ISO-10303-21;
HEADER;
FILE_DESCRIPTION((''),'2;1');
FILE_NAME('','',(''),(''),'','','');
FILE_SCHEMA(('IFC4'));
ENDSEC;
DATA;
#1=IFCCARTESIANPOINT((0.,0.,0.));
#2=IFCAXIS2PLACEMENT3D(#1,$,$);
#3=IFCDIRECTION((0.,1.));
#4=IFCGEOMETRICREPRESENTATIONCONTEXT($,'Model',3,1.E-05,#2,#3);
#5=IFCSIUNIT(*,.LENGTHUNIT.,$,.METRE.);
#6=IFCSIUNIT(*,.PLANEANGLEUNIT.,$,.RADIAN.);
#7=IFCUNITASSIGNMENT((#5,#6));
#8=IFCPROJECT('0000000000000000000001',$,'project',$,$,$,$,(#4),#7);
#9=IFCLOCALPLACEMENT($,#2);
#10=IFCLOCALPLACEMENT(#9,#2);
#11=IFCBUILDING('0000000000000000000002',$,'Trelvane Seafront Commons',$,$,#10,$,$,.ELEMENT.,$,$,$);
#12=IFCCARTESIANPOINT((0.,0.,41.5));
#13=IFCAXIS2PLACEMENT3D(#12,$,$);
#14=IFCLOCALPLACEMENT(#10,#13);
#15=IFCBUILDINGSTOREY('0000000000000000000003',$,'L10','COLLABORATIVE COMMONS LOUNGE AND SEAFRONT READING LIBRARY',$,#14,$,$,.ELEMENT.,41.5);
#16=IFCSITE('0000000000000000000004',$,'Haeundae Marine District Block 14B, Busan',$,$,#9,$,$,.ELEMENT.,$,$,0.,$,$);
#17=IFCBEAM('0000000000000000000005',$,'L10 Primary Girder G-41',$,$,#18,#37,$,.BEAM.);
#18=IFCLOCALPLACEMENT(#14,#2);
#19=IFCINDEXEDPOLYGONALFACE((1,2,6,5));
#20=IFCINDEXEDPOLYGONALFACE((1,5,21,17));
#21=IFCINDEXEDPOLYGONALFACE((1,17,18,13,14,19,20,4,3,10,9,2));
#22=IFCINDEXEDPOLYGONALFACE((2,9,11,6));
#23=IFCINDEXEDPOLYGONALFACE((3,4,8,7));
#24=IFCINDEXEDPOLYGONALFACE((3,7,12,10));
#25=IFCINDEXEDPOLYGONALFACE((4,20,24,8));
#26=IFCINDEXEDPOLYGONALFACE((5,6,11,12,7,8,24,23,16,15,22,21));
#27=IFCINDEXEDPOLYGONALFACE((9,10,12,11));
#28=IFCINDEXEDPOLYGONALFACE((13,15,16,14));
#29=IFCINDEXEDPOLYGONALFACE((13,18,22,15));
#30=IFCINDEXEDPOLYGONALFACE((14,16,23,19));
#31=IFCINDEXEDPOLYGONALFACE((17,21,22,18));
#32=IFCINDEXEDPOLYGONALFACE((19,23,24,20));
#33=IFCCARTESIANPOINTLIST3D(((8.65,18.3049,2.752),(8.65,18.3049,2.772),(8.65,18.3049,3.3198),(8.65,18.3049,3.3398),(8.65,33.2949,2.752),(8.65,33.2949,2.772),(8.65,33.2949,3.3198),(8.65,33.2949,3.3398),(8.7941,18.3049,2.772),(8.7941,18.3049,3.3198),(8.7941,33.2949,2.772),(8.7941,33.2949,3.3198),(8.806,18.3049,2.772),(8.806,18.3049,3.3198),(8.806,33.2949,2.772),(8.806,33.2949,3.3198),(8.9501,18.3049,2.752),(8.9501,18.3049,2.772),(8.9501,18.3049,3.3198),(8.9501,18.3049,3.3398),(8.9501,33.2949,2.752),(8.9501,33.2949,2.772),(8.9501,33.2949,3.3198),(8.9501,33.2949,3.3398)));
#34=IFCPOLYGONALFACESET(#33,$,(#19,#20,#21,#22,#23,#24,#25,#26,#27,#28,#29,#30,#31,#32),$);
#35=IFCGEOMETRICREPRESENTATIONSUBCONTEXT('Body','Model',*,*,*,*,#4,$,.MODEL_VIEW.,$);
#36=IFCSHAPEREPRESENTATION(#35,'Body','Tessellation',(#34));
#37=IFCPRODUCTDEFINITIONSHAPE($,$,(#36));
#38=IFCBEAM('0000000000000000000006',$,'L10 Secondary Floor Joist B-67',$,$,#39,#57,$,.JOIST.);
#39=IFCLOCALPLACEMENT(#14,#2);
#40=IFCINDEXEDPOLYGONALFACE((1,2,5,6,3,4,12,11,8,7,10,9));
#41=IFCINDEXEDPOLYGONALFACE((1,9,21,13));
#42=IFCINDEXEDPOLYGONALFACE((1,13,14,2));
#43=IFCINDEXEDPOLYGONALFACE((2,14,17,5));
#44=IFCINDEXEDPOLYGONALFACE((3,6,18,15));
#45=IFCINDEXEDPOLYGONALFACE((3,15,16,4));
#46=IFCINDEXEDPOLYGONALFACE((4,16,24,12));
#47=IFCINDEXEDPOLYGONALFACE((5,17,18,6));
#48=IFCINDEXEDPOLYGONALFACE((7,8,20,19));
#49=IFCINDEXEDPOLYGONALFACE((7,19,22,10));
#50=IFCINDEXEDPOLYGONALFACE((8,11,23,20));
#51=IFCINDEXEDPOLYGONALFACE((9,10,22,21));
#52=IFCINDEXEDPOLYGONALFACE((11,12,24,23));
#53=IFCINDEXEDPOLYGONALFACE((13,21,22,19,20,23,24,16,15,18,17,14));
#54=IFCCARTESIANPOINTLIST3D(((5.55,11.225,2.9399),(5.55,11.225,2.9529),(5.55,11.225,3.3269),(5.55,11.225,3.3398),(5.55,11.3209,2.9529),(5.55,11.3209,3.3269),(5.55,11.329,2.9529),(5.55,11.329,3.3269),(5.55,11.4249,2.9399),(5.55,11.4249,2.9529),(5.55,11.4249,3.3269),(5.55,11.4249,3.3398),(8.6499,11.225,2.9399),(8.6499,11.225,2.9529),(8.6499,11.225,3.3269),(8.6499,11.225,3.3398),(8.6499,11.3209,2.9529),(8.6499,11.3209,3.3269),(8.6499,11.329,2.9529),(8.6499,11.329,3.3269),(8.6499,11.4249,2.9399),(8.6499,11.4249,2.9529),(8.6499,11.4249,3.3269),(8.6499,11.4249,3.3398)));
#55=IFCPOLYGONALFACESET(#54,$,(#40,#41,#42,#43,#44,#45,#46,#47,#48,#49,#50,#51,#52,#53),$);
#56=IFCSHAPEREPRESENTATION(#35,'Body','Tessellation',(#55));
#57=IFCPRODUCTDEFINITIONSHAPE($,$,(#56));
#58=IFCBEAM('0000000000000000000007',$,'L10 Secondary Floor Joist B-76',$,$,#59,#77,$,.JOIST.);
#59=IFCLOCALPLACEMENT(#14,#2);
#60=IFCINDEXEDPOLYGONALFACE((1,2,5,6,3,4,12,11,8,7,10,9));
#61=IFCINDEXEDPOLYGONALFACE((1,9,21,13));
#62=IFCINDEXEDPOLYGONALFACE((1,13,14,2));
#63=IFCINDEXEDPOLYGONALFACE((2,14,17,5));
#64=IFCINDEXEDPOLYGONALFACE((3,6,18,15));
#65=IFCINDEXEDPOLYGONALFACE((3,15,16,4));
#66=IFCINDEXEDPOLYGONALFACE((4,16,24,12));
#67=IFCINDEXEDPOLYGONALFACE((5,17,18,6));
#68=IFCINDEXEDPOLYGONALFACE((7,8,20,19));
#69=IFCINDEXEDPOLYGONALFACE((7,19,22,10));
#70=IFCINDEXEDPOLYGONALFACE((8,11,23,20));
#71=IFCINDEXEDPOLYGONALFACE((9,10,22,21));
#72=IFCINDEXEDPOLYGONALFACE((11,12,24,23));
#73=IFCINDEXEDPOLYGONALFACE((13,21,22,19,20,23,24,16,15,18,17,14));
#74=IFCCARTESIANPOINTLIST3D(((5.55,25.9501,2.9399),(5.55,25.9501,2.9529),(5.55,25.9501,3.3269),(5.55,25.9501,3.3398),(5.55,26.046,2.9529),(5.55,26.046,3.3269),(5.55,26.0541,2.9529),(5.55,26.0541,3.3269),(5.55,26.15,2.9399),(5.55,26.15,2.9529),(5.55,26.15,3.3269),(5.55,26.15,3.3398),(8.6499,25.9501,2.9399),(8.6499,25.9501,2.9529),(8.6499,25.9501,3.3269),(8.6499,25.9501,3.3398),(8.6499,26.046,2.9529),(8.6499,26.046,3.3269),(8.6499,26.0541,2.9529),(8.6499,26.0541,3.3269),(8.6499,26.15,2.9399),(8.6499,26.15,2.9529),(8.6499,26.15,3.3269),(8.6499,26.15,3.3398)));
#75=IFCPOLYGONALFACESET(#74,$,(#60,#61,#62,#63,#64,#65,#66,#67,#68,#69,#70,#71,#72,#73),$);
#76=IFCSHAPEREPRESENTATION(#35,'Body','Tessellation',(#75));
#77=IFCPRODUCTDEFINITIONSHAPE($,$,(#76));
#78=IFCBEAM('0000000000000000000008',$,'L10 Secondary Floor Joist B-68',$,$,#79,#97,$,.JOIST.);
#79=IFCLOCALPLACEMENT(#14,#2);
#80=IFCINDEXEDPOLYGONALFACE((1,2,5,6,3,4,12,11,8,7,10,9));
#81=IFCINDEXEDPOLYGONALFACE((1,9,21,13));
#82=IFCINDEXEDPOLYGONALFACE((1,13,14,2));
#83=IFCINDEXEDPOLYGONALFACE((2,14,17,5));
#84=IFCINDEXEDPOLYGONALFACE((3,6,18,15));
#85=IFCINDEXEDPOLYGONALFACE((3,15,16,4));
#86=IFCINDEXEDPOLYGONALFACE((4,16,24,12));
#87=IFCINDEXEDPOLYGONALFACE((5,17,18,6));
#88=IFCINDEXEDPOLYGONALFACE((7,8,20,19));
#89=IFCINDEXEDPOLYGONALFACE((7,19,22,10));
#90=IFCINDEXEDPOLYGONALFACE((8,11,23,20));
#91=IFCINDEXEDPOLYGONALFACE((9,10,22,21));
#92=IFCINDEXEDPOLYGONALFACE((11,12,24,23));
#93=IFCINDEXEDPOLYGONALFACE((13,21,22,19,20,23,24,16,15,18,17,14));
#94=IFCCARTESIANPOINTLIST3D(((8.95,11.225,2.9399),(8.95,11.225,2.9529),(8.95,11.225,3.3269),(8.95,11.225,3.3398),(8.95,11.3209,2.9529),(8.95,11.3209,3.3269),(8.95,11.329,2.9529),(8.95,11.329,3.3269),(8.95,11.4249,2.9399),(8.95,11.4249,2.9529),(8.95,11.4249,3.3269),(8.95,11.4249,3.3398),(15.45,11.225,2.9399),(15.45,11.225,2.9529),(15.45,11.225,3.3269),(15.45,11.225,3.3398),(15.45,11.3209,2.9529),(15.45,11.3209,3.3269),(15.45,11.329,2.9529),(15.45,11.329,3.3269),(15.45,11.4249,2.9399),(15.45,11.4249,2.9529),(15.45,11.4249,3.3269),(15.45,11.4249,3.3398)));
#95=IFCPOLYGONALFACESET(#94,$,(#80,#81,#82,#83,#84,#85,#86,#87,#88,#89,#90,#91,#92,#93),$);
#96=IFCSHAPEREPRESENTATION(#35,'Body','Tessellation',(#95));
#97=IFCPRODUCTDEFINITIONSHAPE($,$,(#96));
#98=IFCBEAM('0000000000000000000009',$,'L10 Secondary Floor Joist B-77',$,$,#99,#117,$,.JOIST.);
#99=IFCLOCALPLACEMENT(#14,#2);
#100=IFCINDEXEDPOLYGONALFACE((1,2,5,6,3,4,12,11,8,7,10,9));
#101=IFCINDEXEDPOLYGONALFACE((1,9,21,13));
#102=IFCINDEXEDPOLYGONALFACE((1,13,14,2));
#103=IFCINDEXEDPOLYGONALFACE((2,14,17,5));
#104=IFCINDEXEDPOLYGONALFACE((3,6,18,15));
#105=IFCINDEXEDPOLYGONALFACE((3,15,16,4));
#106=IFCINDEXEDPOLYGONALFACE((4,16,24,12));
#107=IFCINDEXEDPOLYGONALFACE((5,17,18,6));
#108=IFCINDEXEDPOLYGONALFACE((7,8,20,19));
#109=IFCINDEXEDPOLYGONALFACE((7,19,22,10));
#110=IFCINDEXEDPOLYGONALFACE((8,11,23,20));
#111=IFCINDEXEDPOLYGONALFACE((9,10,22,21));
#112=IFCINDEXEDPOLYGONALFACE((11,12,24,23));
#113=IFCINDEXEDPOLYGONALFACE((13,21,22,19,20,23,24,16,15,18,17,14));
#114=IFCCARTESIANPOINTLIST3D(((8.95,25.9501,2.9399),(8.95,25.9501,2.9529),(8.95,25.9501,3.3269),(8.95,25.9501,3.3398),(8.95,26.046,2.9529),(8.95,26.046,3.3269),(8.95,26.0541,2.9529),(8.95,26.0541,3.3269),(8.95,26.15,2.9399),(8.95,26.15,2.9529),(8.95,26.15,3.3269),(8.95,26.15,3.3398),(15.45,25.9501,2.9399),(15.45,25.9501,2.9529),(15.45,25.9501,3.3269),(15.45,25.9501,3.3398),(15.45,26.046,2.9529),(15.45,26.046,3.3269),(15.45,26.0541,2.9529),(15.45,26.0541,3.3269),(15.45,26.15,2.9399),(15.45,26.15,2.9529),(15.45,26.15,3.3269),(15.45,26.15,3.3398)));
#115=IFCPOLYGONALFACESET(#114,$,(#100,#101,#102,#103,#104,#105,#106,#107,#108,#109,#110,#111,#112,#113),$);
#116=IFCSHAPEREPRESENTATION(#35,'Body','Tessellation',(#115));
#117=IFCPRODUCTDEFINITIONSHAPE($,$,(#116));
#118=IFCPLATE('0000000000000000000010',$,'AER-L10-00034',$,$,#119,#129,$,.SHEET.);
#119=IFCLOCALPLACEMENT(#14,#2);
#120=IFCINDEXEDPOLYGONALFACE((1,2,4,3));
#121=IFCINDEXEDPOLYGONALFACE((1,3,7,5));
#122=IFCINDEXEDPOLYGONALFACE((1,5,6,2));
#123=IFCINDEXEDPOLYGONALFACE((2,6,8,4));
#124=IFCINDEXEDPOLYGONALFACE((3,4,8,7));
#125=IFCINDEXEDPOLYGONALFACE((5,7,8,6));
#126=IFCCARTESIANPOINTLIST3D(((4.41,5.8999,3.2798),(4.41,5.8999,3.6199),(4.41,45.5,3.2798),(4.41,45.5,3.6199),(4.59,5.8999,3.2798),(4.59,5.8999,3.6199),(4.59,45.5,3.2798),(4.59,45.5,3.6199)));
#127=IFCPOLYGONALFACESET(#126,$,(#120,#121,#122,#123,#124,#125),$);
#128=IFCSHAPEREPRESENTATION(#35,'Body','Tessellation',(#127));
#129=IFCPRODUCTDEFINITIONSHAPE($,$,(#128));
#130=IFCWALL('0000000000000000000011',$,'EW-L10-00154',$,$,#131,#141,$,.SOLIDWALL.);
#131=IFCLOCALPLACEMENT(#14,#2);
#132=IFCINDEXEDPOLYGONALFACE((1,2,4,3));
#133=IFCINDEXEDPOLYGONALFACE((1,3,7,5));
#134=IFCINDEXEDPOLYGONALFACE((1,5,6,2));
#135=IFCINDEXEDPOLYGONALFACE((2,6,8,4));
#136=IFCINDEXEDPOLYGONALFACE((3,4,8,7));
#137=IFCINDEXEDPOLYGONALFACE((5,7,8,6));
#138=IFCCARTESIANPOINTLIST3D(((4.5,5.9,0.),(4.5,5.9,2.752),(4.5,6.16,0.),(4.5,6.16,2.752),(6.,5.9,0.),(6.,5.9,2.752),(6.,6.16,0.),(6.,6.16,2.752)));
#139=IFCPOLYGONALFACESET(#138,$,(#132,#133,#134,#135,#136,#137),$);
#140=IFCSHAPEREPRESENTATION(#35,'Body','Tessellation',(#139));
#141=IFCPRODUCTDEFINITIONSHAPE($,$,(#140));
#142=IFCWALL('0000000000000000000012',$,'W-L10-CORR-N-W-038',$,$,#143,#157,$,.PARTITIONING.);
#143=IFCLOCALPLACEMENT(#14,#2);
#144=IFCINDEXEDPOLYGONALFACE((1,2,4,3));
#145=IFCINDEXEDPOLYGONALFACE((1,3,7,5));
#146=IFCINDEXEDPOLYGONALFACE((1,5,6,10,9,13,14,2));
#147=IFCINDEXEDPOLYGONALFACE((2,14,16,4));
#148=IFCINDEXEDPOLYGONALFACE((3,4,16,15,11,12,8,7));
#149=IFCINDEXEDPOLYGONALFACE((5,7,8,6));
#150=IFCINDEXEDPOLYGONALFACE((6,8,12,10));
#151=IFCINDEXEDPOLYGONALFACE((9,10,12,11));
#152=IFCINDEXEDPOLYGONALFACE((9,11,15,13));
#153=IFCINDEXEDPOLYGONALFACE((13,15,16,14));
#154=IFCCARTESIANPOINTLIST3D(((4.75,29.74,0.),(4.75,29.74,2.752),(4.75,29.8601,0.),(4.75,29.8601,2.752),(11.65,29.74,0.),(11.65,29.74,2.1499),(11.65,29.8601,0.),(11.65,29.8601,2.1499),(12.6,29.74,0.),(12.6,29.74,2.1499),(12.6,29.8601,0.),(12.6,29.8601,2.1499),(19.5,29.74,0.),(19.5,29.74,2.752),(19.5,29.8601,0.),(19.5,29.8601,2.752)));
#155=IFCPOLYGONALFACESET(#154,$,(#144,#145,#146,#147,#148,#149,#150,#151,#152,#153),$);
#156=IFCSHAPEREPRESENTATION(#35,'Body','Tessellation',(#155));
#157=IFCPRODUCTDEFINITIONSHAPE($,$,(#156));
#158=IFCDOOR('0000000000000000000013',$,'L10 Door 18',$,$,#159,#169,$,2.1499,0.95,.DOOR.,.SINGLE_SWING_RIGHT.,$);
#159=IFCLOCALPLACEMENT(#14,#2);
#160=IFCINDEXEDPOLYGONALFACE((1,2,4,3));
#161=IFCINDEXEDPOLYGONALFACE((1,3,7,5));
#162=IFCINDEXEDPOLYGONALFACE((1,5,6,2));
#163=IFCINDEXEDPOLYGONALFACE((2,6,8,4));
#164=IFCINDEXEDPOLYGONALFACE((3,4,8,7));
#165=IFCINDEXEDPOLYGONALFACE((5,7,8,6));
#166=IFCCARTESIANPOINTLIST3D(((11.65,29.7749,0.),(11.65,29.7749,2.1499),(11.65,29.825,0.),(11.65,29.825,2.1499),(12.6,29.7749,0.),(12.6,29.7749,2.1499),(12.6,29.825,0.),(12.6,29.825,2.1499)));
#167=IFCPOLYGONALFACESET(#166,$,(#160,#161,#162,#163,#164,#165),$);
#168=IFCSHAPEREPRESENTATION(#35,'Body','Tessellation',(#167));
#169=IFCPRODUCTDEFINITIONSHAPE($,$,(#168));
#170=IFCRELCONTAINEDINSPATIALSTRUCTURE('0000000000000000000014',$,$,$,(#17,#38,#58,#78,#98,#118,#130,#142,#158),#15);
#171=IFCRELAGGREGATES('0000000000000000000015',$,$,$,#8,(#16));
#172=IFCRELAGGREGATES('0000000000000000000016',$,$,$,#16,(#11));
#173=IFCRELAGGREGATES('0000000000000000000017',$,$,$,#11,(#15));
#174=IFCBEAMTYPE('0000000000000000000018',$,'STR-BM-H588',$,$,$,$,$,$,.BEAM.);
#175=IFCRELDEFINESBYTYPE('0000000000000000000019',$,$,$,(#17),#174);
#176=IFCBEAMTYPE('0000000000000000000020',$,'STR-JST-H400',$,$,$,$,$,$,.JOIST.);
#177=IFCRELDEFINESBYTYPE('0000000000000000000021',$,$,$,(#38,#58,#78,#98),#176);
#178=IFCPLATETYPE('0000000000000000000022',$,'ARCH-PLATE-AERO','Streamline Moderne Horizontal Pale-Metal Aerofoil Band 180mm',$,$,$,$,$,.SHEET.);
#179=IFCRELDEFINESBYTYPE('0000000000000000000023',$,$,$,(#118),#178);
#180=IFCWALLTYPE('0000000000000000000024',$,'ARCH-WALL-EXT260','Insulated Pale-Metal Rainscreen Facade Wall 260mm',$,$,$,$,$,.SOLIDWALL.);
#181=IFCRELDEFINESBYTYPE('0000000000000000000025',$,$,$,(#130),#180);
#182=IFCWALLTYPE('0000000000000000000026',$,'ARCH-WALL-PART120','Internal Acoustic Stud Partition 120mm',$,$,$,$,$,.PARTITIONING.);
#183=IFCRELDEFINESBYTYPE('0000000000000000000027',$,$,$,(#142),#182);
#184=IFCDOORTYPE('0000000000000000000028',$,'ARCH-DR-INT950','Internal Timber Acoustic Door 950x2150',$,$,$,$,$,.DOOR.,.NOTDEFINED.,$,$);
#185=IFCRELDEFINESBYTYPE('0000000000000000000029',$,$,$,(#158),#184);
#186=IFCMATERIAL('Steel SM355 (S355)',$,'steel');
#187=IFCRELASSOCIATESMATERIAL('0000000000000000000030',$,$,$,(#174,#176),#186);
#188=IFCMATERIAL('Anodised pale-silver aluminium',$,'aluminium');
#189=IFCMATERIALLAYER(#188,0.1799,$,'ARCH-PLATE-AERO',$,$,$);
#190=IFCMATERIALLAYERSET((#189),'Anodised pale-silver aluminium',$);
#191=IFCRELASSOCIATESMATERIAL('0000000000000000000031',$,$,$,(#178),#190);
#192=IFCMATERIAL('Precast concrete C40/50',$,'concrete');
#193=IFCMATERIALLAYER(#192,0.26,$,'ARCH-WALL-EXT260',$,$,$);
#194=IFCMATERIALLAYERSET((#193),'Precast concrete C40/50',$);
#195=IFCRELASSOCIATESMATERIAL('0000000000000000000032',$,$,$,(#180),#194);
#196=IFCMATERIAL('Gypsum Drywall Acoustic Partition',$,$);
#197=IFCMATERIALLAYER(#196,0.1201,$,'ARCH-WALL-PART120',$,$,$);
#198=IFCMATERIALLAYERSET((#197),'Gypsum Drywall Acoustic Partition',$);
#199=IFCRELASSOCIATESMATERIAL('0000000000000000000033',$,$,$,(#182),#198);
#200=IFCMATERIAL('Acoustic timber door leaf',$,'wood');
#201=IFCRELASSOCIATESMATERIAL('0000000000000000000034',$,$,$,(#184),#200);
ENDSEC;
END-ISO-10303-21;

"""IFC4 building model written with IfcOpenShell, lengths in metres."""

from ifc_helpers import new_model, si_unit, direction, frame, frame_2d, origin, origin_2d, place, context, subcontext, project, spatial, rectangle, i_section, extrude, source, transform, mapped, material, layer, layer_set, material_profile, profile_set, type_object, element, fill, save


model = new_model("IFC4")

# Units and contexts
model_context = context("Model", 3, precision=1e-05, world=origin(), true_north=direction((0.0, 1.0)))
body_context = subcontext(model_context, "Body", "Model", "MODEL_VIEW")
ifc_project = project(units=[si_unit("LENGTHUNIT", "METRE"), si_unit("PLANEANGLEUNIT", "RADIAN")], contexts=[model_context])

# Site, building, storey
site_placement = place(None, origin())
site = spatial("IfcSite", under=ifc_project, at=site_placement, Name="Haeundae Marine District Block 14B, Busan", CompositionType="ELEMENT", RefElevation=0.0)
building_placement = place(site_placement, origin())
building = spatial("IfcBuilding", under=site, at=building_placement, Name="Trelvane Seafront Commons", CompositionType="ELEMENT")
storey_placement = place(building_placement, frame((0.0, 0.0, 41.5)))
storey = spatial("IfcBuildingStorey", under=building, at=storey_placement, Name="L10", Description="COLLABORATIVE COMMONS LOUNGE AND SEAFRONT READING LIBRARY", CompositionType="ELEMENT", Elevation=41.5)

# Shared definitions
ifc_material_1 = material(Name="Steel SM355 (S355)", Category="steel")

# Beams
ifc_material_profile_1 = material_profile(ifc_material_1, i_section(OverallWidth=0.3, OverallDepth=0.5879, WebThickness=0.012, FlangeThickness=0.02, at=origin_2d()), Name="H-588x300x12x20")
ifc_profile_set_1 = profile_set([ifc_material_profile_1], Name="Steel SM355 (S355)")
beam_type_1 = type_object("IfcBeamType", Name="STR-BM-H588", PredefinedType="BEAM", material=ifc_profile_set_1)
shared_shape_1 = source(origin(), body_context, "Body", "SweptSolid", [
    extrude(i_section(OverallWidth=0.3, OverallDepth=0.5879, WebThickness=0.012, FlangeThickness=0.02, at=origin_2d()), origin(), (0.0, 0.0, 1.0), 14.99),
])
for number, where, z_axis, x_axis, name in (
    (1, (8.8, 18.3049, 3.0459), (0.0, 1.0, 0.0), (-1.0, 0.0, 0.0), "L10 Primary Girder G-41"),
):
    element("IfcBeam", number, at=place(storey_placement, frame(where, z_axis=z_axis, x_axis=x_axis)), inside=storey, type_object=beam_type_1, Name=name, PredefinedType="BEAM", context=body_context, shape_type="MappedRepresentation", body=[
        mapped(shared_shape_1, transform((0.0, 0.0, 0.0), x_axis=(1.0, 0.0, 0.0), y_axis=(0.0, 1.0, 0.0), z_axis=(0.0, 0.0, 1.0), scale=1.0)),
    ])
ifc_material_profile_2 = material_profile(ifc_material_1, i_section(OverallWidth=0.2, OverallDepth=0.3999, WebThickness=0.0081, FlangeThickness=0.0129, at=origin_2d()), Name="H-400x200x8x13")
ifc_profile_set_2 = profile_set([ifc_material_profile_2], Name="Steel SM355 (S355)")
beam_type_2 = type_object("IfcBeamType", Name="STR-JST-H400", PredefinedType="JOIST", material=ifc_profile_set_2)
shared_shape_2 = source(origin(), body_context, "Body", "SweptSolid", [
    extrude(i_section(OverallWidth=0.2, OverallDepth=0.3999, WebThickness=0.0081, FlangeThickness=0.0129, at=origin_2d()), origin(), (0.0, 0.0, 1.0), 3.0999),
])
for number, where, z_axis, x_axis, name in (
    (2, (5.55, 11.325, 3.1399), (1.0, 0.0, 0.0), (0.0, 1.0, 0.0), "L10 Secondary Floor Joist B-67"),
    (3, (5.55, 26.05, 3.1399), (1.0, 0.0, 0.0), (0.0, 1.0, 0.0), "L10 Secondary Floor Joist B-76"),
):
    element("IfcBeam", number, at=place(storey_placement, frame(where, z_axis=z_axis, x_axis=x_axis)), inside=storey, type_object=beam_type_2, Name=name, PredefinedType="JOIST", context=body_context, shape_type="MappedRepresentation", body=[
        mapped(shared_shape_2, transform((0.0, 0.0, 0.0), x_axis=(1.0, 0.0, 0.0), y_axis=(0.0, 1.0, 0.0), z_axis=(0.0, 0.0, 1.0), scale=1.0)),
    ])
shared_shape_3 = source(origin(), body_context, "Body", "SweptSolid", [
    extrude(i_section(OverallWidth=0.2, OverallDepth=0.3999, WebThickness=0.0081, FlangeThickness=0.0129, at=origin_2d()), origin(), (0.0, 0.0, 1.0), 6.5),
])
for number, where, z_axis, x_axis, name in (
    (4, (8.95, 11.325, 3.1399), (1.0, 0.0, 0.0), (0.0, 1.0, 0.0), "L10 Secondary Floor Joist B-68"),
    (5, (8.95, 26.05, 3.1399), (1.0, 0.0, 0.0), (0.0, 1.0, 0.0), "L10 Secondary Floor Joist B-77"),
):
    element("IfcBeam", number, at=place(storey_placement, frame(where, z_axis=z_axis, x_axis=x_axis)), inside=storey, type_object=beam_type_2, Name=name, PredefinedType="JOIST", context=body_context, shape_type="MappedRepresentation", body=[
        mapped(shared_shape_3, transform((0.0, 0.0, 0.0), x_axis=(1.0, 0.0, 0.0), y_axis=(0.0, 1.0, 0.0), z_axis=(0.0, 0.0, 1.0), scale=1.0)),
    ])

# Plate
ifc_material_2 = material(Name="Anodised pale-silver aluminium", Category="aluminium")
ifc_layer_1 = layer(ifc_material_2, 0.1799, Name="ARCH-PLATE-AERO")
ifc_layer_set_1 = layer_set([ifc_layer_1], Name="Anodised pale-silver aluminium")
plate_type = type_object("IfcPlateType", Name="ARCH-PLATE-AERO", Description="Streamline Moderne Horizontal Pale-Metal Aerofoil Band 180mm", PredefinedType="SHEET", material=ifc_layer_set_1)
shared_shape_4 = source(origin(), body_context, "Body", "SweptSolid", [
    extrude(rectangle(XDim=39.6001, YDim=0.1799, at=origin_2d()), origin(), (0.0, 0.0, 1.0), 0.3401),
])
plate_placement = place(storey_placement, frame((4.5, 25.7, 3.2798), z_axis=(0.0, 0.0, 1.0), x_axis=(0.0, 1.0, 0.0)))
element("IfcPlate", 6, at=plate_placement, inside=storey, type_object=plate_type, Name="AER-L10-00034", PredefinedType="SHEET", context=body_context, shape_type="MappedRepresentation", body=[
    mapped(shared_shape_4, transform((0.0, 0.0, 0.0), x_axis=(1.0, 0.0, 0.0), y_axis=(0.0, 1.0, 0.0), z_axis=(0.0, 0.0, 1.0), scale=1.0)),
])

# Wall
ifc_material_3 = material(Name="Precast concrete C40/50", Category="concrete")
ifc_layer_2 = layer(ifc_material_3, 0.26, Name="ARCH-WALL-EXT260")
ifc_layer_set_2 = layer_set([ifc_layer_2], Name="Precast concrete C40/50")
wall_type_1 = type_object("IfcWallType", Name="ARCH-WALL-EXT260", Description="Insulated Pale-Metal Rainscreen Facade Wall 260mm", PredefinedType="SOLIDWALL", material=ifc_layer_set_2)
wall_1_placement = place(storey_placement, frame((6.0, 6.03, 0.0), z_axis=(0.0, 0.0, 1.0), x_axis=(-1.0, 0.0, 0.0)))
element("IfcWall", 7, at=wall_1_placement, inside=storey, type_object=wall_type_1, Name="EW-L10-00154", PredefinedType="SOLIDWALL", context=body_context, shape_type="SweptSolid", body=[
    extrude(rectangle(XDim=1.5, YDim=0.26, at=frame_2d((0.75, 0.0))), origin(), (0.0, 0.0, 1.0), 2.752),
])

# Wall, opening, door
ifc_material_4 = material(Name="Gypsum Drywall Acoustic Partition")
ifc_layer_3 = layer(ifc_material_4, 0.1201, Name="ARCH-WALL-PART120")
ifc_layer_set_3 = layer_set([ifc_layer_3], Name="Gypsum Drywall Acoustic Partition")
wall_type_2 = type_object("IfcWallType", Name="ARCH-WALL-PART120", Description="Internal Acoustic Stud Partition 120mm", PredefinedType="PARTITIONING", material=ifc_layer_set_3)
wall_2_placement = place(storey_placement, frame((4.75, 29.8, 0.0), z_axis=(0.0, 0.0, 1.0), x_axis=(1.0, 0.0, 0.0)))
wall_2 = element("IfcWall", 8, at=wall_2_placement, inside=storey, type_object=wall_type_2, Name="W-L10-CORR-N-W-038", PredefinedType="PARTITIONING", context=body_context, shape_type="SweptSolid", body=[
    extrude(rectangle(XDim=14.75, YDim=0.1201, at=frame_2d((7.375, 0.0))), origin(), (0.0, 0.0, 1.0), 2.752),
])
opening_1_placement = place(wall_2_placement, frame((6.8999, 0.0, 0.0)))
opening_1 = element("IfcOpeningElement", 9, at=opening_1_placement, cuts=wall_2, PredefinedType="OPENING", context=body_context, shape_type="SweptSolid", body=[
    extrude(rectangle(XDim=0.95, YDim=2.1499, at=frame_2d((0.4751, 1.075))), frame((0.0, 0.0701, 0.0), z_axis=(0.0, -1.0, 0.0), x_axis=(1.0, 0.0, 0.0)), (0.0, 0.0, 1.0), 0.1401),
])
ifc_material_5 = material(Name="Acoustic timber door leaf", Category="wood")
door_type_1 = type_object("IfcDoorType", Name="ARCH-DR-INT950", Description="Internal Timber Acoustic Door 950x2150", OperationType="NOTDEFINED", PredefinedType="DOOR", material=ifc_material_5)
shared_shape_5 = source(origin(), body_context, "Body", "SweptSolid", [
    extrude(rectangle(XDim=0.95, YDim=2.1499, at=frame_2d((0.4751, 1.075))), frame((0.0, 0.0249, 0.0), z_axis=(0.0, -1.0, 0.0), x_axis=(1.0, 0.0, 0.0)), (0.0, 0.0, 1.0), 0.05),
])
door_1_placement = place(opening_1_placement, origin())
door_1 = element("IfcDoor", 10, at=door_1_placement, inside=storey, type_object=door_type_1, Name="L10 Door 18", OperationType="SINGLE_SWING_RIGHT", OverallHeight=2.1499, OverallWidth=0.95, PredefinedType="DOOR", context=body_context, shape_type="MappedRepresentation", body=[
    mapped(shared_shape_5, transform((0.0, 0.0, 0.0), x_axis=(1.0, 0.0, 0.0), y_axis=(0.0, 1.0, 0.0), z_axis=(0.0, 0.0, 1.0), scale=1.0)),
])
fill(opening_1, door_1)

save(model, "model.ifc")
